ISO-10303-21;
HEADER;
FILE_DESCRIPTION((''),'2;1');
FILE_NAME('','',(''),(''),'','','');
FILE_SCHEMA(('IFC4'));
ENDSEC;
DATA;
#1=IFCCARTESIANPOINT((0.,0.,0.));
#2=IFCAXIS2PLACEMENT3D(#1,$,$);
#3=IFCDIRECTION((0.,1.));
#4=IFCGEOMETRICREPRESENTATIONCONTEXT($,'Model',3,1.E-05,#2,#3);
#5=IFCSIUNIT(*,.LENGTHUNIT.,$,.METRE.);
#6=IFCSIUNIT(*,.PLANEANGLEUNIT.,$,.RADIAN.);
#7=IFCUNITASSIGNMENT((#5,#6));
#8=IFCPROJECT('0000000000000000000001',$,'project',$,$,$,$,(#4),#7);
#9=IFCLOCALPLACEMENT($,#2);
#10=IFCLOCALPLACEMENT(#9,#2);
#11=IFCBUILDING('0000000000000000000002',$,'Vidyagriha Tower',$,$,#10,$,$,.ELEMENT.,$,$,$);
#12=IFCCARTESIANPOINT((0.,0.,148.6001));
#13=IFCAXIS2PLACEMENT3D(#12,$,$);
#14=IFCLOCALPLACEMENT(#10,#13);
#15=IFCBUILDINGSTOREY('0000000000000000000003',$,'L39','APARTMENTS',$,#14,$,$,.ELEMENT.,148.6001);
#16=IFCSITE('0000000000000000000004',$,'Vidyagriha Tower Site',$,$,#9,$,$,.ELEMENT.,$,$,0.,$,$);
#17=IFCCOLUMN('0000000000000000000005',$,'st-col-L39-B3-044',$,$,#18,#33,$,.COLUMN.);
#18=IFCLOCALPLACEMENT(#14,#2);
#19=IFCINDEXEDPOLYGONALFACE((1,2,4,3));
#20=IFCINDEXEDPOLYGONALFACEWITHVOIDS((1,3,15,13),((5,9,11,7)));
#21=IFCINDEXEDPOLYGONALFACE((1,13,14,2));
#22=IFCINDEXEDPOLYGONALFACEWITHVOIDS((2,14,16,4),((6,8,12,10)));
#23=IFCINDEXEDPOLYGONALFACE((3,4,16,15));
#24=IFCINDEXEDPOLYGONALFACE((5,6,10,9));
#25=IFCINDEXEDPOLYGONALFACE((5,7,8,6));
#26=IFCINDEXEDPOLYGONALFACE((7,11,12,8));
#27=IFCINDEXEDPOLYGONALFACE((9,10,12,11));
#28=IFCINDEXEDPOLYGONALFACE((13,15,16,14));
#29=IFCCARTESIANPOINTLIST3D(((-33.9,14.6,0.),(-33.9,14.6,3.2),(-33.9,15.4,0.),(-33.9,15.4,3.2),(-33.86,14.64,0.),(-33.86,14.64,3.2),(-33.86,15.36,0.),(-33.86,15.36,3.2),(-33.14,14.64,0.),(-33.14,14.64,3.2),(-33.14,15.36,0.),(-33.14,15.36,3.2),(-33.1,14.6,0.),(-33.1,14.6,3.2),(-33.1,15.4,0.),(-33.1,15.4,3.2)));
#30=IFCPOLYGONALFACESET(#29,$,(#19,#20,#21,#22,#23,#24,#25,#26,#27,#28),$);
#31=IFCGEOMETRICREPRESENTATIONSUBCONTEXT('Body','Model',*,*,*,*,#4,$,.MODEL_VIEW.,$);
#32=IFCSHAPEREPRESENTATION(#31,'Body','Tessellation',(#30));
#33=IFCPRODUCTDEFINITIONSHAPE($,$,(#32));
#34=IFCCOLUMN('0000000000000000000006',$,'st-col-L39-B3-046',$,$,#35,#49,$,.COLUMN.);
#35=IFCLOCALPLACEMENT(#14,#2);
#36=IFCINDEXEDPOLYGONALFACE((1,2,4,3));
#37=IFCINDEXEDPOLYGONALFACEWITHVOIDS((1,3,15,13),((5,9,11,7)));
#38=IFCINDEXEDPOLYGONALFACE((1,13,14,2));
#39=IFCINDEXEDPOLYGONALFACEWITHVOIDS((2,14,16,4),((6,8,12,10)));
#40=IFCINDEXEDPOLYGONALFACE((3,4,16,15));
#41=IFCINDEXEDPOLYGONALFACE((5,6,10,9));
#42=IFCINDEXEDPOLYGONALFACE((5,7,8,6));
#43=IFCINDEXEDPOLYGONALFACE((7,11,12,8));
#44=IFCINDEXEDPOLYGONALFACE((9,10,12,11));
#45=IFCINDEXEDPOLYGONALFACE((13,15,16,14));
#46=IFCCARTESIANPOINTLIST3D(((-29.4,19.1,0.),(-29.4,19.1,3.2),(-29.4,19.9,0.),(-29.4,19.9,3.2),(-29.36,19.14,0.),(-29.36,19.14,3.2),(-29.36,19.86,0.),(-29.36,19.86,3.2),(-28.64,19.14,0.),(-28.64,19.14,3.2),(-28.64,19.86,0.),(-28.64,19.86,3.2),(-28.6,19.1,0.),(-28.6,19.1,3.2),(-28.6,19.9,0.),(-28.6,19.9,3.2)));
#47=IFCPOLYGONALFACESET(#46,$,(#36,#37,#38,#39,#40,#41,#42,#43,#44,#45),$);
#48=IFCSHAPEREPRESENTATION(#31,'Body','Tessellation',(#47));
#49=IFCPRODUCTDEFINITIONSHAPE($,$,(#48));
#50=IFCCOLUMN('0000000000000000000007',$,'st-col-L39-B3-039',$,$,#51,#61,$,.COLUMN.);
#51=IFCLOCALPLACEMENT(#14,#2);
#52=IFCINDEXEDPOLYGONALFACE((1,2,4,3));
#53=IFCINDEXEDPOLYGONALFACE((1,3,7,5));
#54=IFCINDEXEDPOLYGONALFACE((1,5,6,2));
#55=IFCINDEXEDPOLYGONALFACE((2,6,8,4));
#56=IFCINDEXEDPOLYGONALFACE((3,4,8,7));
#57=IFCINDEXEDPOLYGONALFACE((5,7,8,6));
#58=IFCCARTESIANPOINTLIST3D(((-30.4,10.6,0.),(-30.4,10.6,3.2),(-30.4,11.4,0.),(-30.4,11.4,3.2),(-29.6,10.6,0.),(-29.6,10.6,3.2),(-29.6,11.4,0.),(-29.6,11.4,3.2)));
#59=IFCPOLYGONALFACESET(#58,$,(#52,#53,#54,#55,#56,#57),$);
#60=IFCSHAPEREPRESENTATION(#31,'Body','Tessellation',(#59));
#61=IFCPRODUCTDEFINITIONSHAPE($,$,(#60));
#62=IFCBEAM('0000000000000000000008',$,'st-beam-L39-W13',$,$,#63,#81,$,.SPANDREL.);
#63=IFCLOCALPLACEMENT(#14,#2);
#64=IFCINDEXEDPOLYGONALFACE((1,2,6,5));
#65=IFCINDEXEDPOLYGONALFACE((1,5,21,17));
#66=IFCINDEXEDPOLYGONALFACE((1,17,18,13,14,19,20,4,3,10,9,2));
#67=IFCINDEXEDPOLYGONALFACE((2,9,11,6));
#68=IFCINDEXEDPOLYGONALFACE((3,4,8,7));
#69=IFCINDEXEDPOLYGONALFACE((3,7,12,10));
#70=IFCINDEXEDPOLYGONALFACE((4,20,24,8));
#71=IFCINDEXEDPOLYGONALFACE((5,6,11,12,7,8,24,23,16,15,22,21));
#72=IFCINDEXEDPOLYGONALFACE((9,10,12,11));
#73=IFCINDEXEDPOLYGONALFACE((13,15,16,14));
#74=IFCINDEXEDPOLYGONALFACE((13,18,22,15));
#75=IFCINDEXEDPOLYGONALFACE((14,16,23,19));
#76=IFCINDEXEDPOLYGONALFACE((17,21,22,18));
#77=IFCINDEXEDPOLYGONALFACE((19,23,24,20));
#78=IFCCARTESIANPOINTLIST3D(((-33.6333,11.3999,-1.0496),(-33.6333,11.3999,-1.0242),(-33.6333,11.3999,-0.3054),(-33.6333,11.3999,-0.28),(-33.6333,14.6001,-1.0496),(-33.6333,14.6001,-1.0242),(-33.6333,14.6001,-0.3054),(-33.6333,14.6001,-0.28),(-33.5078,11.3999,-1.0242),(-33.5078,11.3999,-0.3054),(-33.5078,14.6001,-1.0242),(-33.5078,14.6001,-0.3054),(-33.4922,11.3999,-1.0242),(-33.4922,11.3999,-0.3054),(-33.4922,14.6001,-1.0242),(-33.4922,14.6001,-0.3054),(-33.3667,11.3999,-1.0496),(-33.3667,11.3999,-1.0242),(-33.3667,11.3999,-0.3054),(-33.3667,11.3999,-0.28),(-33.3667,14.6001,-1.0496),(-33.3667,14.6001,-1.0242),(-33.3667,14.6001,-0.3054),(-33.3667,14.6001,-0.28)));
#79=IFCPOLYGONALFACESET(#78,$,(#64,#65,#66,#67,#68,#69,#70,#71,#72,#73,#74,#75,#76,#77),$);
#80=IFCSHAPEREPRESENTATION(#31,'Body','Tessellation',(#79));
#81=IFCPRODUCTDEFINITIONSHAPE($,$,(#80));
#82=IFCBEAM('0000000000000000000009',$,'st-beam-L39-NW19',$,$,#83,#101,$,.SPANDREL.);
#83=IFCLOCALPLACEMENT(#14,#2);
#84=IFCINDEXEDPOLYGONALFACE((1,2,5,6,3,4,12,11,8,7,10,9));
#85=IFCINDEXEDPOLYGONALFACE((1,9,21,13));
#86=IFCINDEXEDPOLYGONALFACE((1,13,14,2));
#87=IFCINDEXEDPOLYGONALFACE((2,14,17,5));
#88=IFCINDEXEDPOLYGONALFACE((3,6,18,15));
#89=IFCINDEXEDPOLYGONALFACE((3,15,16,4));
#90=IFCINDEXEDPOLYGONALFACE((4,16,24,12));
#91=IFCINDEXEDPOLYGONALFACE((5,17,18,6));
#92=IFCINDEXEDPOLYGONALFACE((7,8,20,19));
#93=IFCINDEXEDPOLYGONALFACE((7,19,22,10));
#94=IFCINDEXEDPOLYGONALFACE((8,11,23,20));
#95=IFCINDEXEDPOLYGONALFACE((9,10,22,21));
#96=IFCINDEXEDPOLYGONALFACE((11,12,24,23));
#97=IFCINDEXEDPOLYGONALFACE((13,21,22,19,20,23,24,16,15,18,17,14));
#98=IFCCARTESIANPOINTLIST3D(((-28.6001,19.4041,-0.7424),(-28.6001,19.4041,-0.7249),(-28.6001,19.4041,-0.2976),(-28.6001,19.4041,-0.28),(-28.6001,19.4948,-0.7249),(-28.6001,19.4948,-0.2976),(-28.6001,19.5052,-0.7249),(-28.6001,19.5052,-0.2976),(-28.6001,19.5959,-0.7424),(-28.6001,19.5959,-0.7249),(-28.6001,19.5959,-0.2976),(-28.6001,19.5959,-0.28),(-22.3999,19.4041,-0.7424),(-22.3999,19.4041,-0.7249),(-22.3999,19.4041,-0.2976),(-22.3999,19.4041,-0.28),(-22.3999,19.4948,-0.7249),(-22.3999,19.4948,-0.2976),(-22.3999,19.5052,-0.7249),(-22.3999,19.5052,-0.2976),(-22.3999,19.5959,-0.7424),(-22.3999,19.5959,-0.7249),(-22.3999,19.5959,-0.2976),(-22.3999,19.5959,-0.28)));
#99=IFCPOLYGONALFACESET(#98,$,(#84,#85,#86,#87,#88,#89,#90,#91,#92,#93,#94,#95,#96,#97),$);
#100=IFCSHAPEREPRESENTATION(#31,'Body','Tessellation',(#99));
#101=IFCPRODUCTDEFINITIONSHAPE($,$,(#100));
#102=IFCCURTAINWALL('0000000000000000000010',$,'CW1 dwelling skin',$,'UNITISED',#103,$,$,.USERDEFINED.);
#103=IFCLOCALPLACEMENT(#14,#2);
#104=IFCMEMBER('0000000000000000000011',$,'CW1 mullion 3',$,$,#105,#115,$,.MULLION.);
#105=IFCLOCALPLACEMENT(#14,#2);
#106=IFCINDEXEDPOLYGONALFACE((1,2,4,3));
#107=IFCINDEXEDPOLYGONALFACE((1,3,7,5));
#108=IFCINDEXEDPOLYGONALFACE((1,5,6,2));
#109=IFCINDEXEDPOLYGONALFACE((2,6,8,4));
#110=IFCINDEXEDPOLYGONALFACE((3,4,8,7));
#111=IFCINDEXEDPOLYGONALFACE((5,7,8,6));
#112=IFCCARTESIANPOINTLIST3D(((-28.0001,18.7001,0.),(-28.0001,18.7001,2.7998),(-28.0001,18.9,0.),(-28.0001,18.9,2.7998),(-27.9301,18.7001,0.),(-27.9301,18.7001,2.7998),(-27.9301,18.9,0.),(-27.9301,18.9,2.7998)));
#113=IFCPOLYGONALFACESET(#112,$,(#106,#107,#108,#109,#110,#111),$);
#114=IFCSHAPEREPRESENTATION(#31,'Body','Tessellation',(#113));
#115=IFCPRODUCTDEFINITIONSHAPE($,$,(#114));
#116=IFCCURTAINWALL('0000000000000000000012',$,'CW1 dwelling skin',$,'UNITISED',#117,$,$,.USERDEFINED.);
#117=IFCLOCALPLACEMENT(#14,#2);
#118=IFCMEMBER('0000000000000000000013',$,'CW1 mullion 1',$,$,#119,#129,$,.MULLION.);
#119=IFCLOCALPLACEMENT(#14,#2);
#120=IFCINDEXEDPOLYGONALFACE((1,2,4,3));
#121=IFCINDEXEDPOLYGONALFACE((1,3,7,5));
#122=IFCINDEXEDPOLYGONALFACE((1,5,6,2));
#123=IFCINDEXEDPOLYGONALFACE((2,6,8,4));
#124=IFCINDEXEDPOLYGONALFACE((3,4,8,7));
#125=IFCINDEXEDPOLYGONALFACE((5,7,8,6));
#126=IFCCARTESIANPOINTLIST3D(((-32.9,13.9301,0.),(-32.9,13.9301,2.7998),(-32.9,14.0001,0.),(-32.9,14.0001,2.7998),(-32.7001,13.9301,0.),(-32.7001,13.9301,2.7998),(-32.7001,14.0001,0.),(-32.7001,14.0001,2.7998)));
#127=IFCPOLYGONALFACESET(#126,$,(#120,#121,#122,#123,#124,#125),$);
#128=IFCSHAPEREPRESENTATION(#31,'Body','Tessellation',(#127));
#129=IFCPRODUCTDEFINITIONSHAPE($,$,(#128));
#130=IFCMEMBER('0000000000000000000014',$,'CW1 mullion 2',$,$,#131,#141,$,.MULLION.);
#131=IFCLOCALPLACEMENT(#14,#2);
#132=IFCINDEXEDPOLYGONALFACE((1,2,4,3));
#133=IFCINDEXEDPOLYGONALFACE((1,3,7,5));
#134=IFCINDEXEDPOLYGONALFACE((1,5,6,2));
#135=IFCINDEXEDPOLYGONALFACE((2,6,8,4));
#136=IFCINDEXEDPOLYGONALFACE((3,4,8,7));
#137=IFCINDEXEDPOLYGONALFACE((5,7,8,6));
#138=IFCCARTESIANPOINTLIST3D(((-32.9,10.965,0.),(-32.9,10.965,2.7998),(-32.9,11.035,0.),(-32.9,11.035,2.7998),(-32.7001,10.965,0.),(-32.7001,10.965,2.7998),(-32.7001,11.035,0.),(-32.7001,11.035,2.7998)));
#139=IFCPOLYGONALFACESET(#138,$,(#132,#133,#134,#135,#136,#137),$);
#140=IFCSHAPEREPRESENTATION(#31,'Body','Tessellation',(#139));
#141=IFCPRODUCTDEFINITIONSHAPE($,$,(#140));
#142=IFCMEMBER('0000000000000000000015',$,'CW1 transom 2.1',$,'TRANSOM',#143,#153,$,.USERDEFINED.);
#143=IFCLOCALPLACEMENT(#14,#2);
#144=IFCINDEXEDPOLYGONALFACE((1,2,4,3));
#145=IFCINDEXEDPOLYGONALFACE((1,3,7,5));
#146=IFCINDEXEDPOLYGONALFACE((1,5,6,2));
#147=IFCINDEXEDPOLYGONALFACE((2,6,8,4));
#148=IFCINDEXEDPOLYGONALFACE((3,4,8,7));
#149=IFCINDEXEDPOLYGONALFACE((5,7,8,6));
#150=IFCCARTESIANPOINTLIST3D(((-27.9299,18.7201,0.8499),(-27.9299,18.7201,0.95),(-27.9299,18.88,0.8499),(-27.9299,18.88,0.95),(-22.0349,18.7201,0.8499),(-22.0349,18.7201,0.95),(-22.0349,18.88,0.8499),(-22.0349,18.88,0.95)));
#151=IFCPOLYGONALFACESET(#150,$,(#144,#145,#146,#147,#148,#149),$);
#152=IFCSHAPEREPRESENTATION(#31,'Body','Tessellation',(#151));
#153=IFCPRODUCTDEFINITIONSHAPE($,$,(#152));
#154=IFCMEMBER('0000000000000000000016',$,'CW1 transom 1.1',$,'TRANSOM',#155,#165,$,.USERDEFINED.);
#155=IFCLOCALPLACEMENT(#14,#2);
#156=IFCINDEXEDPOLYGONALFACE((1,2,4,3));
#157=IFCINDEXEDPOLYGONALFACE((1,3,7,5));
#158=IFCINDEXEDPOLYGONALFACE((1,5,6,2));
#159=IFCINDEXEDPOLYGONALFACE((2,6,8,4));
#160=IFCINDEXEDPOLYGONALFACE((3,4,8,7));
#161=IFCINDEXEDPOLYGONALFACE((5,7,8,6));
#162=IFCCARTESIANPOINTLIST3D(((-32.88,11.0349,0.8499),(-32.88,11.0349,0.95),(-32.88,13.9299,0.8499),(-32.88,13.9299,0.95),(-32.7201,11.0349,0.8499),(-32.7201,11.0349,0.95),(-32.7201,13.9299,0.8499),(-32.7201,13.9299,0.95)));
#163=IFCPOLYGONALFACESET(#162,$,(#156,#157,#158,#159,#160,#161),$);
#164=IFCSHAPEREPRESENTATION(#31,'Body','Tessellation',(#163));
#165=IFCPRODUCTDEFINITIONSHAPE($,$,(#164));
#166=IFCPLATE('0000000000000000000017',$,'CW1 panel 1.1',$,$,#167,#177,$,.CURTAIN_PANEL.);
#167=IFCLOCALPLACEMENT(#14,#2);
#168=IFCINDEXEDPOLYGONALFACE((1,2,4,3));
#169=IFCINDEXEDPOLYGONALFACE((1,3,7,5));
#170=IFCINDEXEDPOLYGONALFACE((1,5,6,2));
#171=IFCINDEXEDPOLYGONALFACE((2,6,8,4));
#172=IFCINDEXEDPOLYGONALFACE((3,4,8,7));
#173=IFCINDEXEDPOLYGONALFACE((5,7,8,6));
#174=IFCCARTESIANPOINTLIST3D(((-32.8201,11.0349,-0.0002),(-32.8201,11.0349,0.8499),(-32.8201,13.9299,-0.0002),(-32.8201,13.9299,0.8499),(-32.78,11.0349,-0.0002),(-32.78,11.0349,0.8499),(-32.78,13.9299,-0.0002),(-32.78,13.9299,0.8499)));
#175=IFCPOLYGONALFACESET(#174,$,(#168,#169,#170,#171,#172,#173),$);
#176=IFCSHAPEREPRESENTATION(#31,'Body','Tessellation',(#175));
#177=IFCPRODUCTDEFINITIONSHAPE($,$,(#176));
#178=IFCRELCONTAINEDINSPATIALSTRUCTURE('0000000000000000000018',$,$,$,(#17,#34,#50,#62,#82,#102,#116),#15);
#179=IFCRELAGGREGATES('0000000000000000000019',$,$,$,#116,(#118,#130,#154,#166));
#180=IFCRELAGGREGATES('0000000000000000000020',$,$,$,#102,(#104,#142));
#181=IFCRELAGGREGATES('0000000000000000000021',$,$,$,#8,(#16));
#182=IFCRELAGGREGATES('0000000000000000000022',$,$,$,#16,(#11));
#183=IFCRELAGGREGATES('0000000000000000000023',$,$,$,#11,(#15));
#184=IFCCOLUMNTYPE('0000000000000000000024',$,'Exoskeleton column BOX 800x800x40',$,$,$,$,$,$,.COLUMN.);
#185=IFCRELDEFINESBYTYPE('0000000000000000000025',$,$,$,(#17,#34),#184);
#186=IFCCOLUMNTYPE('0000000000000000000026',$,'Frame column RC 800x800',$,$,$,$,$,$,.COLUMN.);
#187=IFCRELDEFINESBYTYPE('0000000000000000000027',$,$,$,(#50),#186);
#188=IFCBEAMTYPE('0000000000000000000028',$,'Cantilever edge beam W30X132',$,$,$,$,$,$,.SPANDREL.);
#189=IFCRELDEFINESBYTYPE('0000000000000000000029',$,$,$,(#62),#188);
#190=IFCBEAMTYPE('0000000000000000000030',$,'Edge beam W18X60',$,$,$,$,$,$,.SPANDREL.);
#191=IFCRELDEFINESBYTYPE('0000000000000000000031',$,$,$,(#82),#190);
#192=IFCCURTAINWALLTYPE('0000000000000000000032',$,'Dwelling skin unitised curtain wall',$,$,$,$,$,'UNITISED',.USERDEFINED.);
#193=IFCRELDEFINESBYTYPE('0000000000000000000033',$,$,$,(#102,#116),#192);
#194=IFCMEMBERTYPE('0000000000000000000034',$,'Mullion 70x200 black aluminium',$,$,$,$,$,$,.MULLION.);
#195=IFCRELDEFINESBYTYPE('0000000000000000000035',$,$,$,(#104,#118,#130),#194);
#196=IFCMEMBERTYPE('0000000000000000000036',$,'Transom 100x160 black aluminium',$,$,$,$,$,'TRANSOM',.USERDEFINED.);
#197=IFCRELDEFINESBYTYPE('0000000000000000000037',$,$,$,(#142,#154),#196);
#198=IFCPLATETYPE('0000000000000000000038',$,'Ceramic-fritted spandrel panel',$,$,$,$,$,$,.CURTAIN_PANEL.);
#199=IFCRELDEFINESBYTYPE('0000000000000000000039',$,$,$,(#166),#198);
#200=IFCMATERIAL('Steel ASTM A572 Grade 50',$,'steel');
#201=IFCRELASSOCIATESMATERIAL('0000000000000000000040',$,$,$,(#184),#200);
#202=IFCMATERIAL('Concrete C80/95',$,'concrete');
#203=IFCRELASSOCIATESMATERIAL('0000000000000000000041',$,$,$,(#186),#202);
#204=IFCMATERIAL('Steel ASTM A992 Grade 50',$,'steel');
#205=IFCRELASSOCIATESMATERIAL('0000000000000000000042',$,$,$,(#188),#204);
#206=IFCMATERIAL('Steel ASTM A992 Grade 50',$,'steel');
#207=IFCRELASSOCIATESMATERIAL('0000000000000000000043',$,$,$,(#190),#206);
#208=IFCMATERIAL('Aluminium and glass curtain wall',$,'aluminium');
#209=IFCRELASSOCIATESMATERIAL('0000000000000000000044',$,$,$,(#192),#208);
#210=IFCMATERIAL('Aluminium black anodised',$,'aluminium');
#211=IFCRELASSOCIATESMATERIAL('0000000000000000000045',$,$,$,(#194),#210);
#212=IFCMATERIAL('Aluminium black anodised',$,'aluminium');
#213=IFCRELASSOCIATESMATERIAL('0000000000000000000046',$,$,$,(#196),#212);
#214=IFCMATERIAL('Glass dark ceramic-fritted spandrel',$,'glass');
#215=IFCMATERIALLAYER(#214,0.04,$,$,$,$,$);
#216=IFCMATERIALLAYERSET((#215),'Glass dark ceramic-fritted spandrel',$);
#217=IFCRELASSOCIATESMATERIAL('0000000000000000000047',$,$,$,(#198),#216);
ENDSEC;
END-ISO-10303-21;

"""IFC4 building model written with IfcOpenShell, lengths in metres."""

from ifc_helpers import new_model, si_unit, direction, frame, origin, origin_2d, place, context, subcontext, project, spatial, rectangle, hollow_rectangle, i_section, extrude, material, layer, layer_set, material_profile, profile_set, type_object, element, aggregate, save


model = new_model("IFC4")

# Units and contexts
model_context = context("Model", 3, precision=1e-05, world=origin(), true_north=direction((0.0, 1.0)))
body_context = subcontext(model_context, "Body", "Model", "MODEL_VIEW")
ifc_project = project(units=[si_unit("LENGTHUNIT", "METRE"), si_unit("PLANEANGLEUNIT", "RADIAN")], contexts=[model_context])

# Site, building, storey
site_placement = place(None, origin())
site = spatial("IfcSite", under=ifc_project, at=site_placement, Name="Vidyagriha Tower Site", CompositionType="ELEMENT", RefElevation=0.0)
building_placement = place(site_placement, origin())
building = spatial("IfcBuilding", under=site, at=building_placement, Name="Vidyagriha Tower", CompositionType="ELEMENT")
storey_placement = place(building_placement, frame((0.0, 0.0, 148.6001)))
storey = spatial("IfcBuildingStorey", under=building, at=storey_placement, Name="L39", Description="APARTMENTS", CompositionType="ELEMENT", Elevation=148.6001)

# Columns
ifc_material_1 = material(Name="Steel ASTM A572 Grade 50", Category="steel")
ifc_material_profile_1 = material_profile(ifc_material_1, hollow_rectangle(XDim=0.8, YDim=0.8, WallThickness=0.04, at=origin_2d()), Name="BOX 800x800x40")
ifc_profile_set_1 = profile_set([ifc_material_profile_1], Name="Steel ASTM A572 Grade 50")
column_type_1 = type_object("IfcColumnType", Name="Exoskeleton column BOX 800x800x40", PredefinedType="COLUMN", material=ifc_profile_set_1)
for number, where, name in (
    (1, (-33.5, 15.0, 0.0), "st-col-L39-B3-044"),
    (2, (-29.0, 19.5, 0.0), "st-col-L39-B3-046"),
):
    element("IfcColumn", number, at=place(storey_placement, frame(where)), inside=storey, type_object=column_type_1, Name=name, PredefinedType="COLUMN", context=body_context, shape_type="SweptSolid", body=[
        extrude(hollow_rectangle(XDim=0.8, YDim=0.8, WallThickness=0.04, at=origin_2d()), origin(), (0.0, 0.0, 1.0), 3.2),
    ])
ifc_material_2 = material(Name="Concrete C80/95", Category="concrete")
ifc_material_profile_2 = material_profile(ifc_material_2, rectangle(XDim=0.8, YDim=0.8, at=origin_2d()), Name="RC 800x800")
ifc_profile_set_2 = profile_set([ifc_material_profile_2], Name="Concrete C80/95")
column_type_2 = type_object("IfcColumnType", Name="Frame column RC 800x800", PredefinedType="COLUMN", material=ifc_profile_set_2)
column_placement = place(storey_placement, frame((-30.0, 11.0, 0.0)))
element("IfcColumn", 3, at=column_placement, inside=storey, type_object=column_type_2, Name="st-col-L39-B3-039", PredefinedType="COLUMN", context=body_context, shape_type="SweptSolid", body=[
    extrude(rectangle(XDim=0.8, YDim=0.8, at=origin_2d()), origin(), (0.0, 0.0, 1.0), 3.2),
])

# Beams
ifc_material_3 = material(Name="Steel ASTM A992 Grade 50", Category="steel")
ifc_material_profile_3 = material_profile(ifc_material_3, i_section(OverallWidth=0.2666, OverallDepth=0.7695, WebThickness=0.0156, FlangeThickness=0.0254, at=origin_2d()), Name="W30X132")
ifc_profile_set_3 = profile_set([ifc_material_profile_3], Name="Steel ASTM A992 Grade 50")
beam_type_1 = type_object("IfcBeamType", Name="Cantilever edge beam W30X132", PredefinedType="SPANDREL", material=ifc_profile_set_3)
beam_1_placement = place(storey_placement, frame((-33.5, 11.3999, -0.6648), z_axis=(0.0, 1.0, 0.0), x_axis=(-1.0, 0.0, 0.0)))
element("IfcBeam", 4, at=beam_1_placement, inside=storey, type_object=beam_type_1, Name="st-beam-L39-W13", PredefinedType="SPANDREL", context=body_context, shape_type="SweptSolid", body=[
    extrude(i_section(OverallWidth=0.2666, OverallDepth=0.7695, WebThickness=0.0156, FlangeThickness=0.0254, at=origin_2d()), origin(), (0.0, 0.0, 1.0), 3.2002),
])
ifc_material_4 = material(Name="Steel ASTM A992 Grade 50", Category="steel")
ifc_material_profile_4 = material_profile(ifc_material_4, i_section(OverallWidth=0.1919, OverallDepth=0.4624, WebThickness=0.0105, FlangeThickness=0.0176, at=origin_2d()), Name="W18X60")
ifc_profile_set_4 = profile_set([ifc_material_profile_4], Name="Steel ASTM A992 Grade 50")
beam_type_2 = type_object("IfcBeamType", Name="Edge beam W18X60", PredefinedType="SPANDREL", material=ifc_profile_set_4)
beam_2_placement = place(storey_placement, frame((-28.6001, 19.5, -0.5112), z_axis=(1.0, 0.0, 0.0), x_axis=(0.0, 1.0, 0.0)))
element("IfcBeam", 5, at=beam_2_placement, inside=storey, type_object=beam_type_2, Name="st-beam-L39-NW19", PredefinedType="SPANDREL", context=body_context, shape_type="SweptSolid", body=[
    extrude(i_section(OverallWidth=0.1919, OverallDepth=0.4624, WebThickness=0.0105, FlangeThickness=0.0176, at=origin_2d()), origin(), (0.0, 0.0, 1.0), 6.2002),
])

# Curtain wall, member
ifc_material_5 = material(Name="Aluminium and glass curtain wall", Category="aluminium")
curtain_wall_type = type_object("IfcCurtainWallType", Name="Dwelling skin unitised curtain wall", ElementType="UNITISED", PredefinedType="USERDEFINED", material=ifc_material_5)
curtain_wall_1_placement = place(storey_placement, origin())
curtain_wall_1 = element("IfcCurtainWall", 6, at=curtain_wall_1_placement, inside=storey, type_object=curtain_wall_type, Name="CW1 dwelling skin", ObjectType="UNITISED", PredefinedType="USERDEFINED")
ifc_material_6 = material(Name="Aluminium black anodised", Category="aluminium")
ifc_material_profile_5 = material_profile(ifc_material_6, rectangle(XDim=0.2, YDim=0.0701, at=origin_2d()), Name="Mullion 70x200 black aluminium")
ifc_profile_set_5 = profile_set([ifc_material_profile_5], Name="Aluminium black anodised")
member_type_1 = type_object("IfcMemberType", Name="Mullion 70x200 black aluminium", PredefinedType="MULLION", material=ifc_profile_set_5)
member_1_placement = place(storey_placement, frame((-27.9651, 18.8, 0.0), z_axis=(0.0, 0.0, 1.0), x_axis=(0.0, -1.0, 0.0)))
member_1 = element("IfcMember", 7, at=member_1_placement, type_object=member_type_1, Name="CW1 mullion 3", PredefinedType="MULLION", context=body_context, shape_type="SweptSolid", body=[
    extrude(rectangle(XDim=0.2, YDim=0.0701, at=origin_2d()), origin(), (0.0, 0.0, 1.0), 2.7998),
])

# Curtain wall, members
curtain_wall_2_placement = place(storey_placement, origin())
curtain_wall_2 = element("IfcCurtainWall", 8, at=curtain_wall_2_placement, inside=storey, type_object=curtain_wall_type, Name="CW1 dwelling skin", ObjectType="UNITISED", PredefinedType="USERDEFINED")
member_2_placement = place(storey_placement, frame((-32.8, 13.9651, 0.0)))
member_2 = element("IfcMember", 9, at=member_2_placement, type_object=member_type_1, Name="CW1 mullion 1", PredefinedType="MULLION", context=body_context, shape_type="SweptSolid", body=[
    extrude(rectangle(XDim=0.2, YDim=0.0701, at=origin_2d()), origin(), (0.0, 0.0, 1.0), 2.7998),
])
member_3_placement = place(storey_placement, frame((-32.8, 11.0, 0.0)))
member_3 = element("IfcMember", 10, at=member_3_placement, type_object=member_type_1, Name="CW1 mullion 2", PredefinedType="MULLION", context=body_context, shape_type="SweptSolid", body=[
    extrude(rectangle(XDim=0.2, YDim=0.0701, at=origin_2d()), origin(), (0.0, 0.0, 1.0), 2.7998),
])

# Members
ifc_material_7 = material(Name="Aluminium black anodised", Category="aluminium")
ifc_material_profile_6 = material_profile(ifc_material_7, rectangle(XDim=0.1599, YDim=0.1001, at=origin_2d()), Name="Transom 100x160 black aluminium")
ifc_profile_set_6 = profile_set([ifc_material_profile_6], Name="Aluminium black anodised")
member_type_2 = type_object("IfcMemberType", Name="Transom 100x160 black aluminium", ElementType="TRANSOM", PredefinedType="USERDEFINED", material=ifc_profile_set_6)
member_4_placement = place(storey_placement, frame((-22.0349, 18.8, 0.8999), z_axis=(-1.0, 0.0, 0.0), x_axis=(0.0, -1.0, 0.0)))
member_4 = element("IfcMember", 11, at=member_4_placement, type_object=member_type_2, Name="CW1 transom 2.1", ObjectType="TRANSOM", PredefinedType="USERDEFINED", context=body_context, shape_type="SweptSolid", body=[
    extrude(rectangle(XDim=0.1599, YDim=0.1001, at=origin_2d()), origin(), (0.0, 0.0, 1.0), 5.895),
])
member_5_placement = place(storey_placement, frame((-32.8, 13.9299, 0.8999), z_axis=(0.0, -1.0, 0.0), x_axis=(1.0, 0.0, 0.0)))
member_5 = element("IfcMember", 12, at=member_5_placement, type_object=member_type_2, Name="CW1 transom 1.1", ObjectType="TRANSOM", PredefinedType="USERDEFINED", context=body_context, shape_type="SweptSolid", body=[
    extrude(rectangle(XDim=0.1599, YDim=0.1001, at=origin_2d()), origin(), (0.0, 0.0, 1.0), 2.895),
])

# Plate
ifc_material_8 = material(Name="Glass dark ceramic-fritted spandrel", Category="glass")
ifc_layer_1 = layer(ifc_material_8, 0.04)
ifc_layer_set_1 = layer_set([ifc_layer_1], Name="Glass dark ceramic-fritted spandrel")
plate_type_1 = type_object("IfcPlateType", Name="Ceramic-fritted spandrel panel", PredefinedType="CURTAIN_PANEL", material=ifc_layer_set_1)
plate_1_placement = place(storey_placement, frame((-32.8, 12.4824, -0.0002), z_axis=(0.0, 0.0, 1.0), x_axis=(0.0, -1.0, 0.0)))
plate_1 = element("IfcPlate", 13, at=plate_1_placement, type_object=plate_type_1, Name="CW1 panel 1.1", PredefinedType="CURTAIN_PANEL", context=body_context, shape_type="SweptSolid", body=[
    extrude(rectangle(XDim=2.895, YDim=0.04, at=origin_2d()), origin(), (0.0, 0.0, 1.0), 0.8501),
])
aggregate(curtain_wall_2, [member_2, member_3, member_5, plate_1])
aggregate(curtain_wall_1, [member_1, member_4])

save(model, "model.ifc")
